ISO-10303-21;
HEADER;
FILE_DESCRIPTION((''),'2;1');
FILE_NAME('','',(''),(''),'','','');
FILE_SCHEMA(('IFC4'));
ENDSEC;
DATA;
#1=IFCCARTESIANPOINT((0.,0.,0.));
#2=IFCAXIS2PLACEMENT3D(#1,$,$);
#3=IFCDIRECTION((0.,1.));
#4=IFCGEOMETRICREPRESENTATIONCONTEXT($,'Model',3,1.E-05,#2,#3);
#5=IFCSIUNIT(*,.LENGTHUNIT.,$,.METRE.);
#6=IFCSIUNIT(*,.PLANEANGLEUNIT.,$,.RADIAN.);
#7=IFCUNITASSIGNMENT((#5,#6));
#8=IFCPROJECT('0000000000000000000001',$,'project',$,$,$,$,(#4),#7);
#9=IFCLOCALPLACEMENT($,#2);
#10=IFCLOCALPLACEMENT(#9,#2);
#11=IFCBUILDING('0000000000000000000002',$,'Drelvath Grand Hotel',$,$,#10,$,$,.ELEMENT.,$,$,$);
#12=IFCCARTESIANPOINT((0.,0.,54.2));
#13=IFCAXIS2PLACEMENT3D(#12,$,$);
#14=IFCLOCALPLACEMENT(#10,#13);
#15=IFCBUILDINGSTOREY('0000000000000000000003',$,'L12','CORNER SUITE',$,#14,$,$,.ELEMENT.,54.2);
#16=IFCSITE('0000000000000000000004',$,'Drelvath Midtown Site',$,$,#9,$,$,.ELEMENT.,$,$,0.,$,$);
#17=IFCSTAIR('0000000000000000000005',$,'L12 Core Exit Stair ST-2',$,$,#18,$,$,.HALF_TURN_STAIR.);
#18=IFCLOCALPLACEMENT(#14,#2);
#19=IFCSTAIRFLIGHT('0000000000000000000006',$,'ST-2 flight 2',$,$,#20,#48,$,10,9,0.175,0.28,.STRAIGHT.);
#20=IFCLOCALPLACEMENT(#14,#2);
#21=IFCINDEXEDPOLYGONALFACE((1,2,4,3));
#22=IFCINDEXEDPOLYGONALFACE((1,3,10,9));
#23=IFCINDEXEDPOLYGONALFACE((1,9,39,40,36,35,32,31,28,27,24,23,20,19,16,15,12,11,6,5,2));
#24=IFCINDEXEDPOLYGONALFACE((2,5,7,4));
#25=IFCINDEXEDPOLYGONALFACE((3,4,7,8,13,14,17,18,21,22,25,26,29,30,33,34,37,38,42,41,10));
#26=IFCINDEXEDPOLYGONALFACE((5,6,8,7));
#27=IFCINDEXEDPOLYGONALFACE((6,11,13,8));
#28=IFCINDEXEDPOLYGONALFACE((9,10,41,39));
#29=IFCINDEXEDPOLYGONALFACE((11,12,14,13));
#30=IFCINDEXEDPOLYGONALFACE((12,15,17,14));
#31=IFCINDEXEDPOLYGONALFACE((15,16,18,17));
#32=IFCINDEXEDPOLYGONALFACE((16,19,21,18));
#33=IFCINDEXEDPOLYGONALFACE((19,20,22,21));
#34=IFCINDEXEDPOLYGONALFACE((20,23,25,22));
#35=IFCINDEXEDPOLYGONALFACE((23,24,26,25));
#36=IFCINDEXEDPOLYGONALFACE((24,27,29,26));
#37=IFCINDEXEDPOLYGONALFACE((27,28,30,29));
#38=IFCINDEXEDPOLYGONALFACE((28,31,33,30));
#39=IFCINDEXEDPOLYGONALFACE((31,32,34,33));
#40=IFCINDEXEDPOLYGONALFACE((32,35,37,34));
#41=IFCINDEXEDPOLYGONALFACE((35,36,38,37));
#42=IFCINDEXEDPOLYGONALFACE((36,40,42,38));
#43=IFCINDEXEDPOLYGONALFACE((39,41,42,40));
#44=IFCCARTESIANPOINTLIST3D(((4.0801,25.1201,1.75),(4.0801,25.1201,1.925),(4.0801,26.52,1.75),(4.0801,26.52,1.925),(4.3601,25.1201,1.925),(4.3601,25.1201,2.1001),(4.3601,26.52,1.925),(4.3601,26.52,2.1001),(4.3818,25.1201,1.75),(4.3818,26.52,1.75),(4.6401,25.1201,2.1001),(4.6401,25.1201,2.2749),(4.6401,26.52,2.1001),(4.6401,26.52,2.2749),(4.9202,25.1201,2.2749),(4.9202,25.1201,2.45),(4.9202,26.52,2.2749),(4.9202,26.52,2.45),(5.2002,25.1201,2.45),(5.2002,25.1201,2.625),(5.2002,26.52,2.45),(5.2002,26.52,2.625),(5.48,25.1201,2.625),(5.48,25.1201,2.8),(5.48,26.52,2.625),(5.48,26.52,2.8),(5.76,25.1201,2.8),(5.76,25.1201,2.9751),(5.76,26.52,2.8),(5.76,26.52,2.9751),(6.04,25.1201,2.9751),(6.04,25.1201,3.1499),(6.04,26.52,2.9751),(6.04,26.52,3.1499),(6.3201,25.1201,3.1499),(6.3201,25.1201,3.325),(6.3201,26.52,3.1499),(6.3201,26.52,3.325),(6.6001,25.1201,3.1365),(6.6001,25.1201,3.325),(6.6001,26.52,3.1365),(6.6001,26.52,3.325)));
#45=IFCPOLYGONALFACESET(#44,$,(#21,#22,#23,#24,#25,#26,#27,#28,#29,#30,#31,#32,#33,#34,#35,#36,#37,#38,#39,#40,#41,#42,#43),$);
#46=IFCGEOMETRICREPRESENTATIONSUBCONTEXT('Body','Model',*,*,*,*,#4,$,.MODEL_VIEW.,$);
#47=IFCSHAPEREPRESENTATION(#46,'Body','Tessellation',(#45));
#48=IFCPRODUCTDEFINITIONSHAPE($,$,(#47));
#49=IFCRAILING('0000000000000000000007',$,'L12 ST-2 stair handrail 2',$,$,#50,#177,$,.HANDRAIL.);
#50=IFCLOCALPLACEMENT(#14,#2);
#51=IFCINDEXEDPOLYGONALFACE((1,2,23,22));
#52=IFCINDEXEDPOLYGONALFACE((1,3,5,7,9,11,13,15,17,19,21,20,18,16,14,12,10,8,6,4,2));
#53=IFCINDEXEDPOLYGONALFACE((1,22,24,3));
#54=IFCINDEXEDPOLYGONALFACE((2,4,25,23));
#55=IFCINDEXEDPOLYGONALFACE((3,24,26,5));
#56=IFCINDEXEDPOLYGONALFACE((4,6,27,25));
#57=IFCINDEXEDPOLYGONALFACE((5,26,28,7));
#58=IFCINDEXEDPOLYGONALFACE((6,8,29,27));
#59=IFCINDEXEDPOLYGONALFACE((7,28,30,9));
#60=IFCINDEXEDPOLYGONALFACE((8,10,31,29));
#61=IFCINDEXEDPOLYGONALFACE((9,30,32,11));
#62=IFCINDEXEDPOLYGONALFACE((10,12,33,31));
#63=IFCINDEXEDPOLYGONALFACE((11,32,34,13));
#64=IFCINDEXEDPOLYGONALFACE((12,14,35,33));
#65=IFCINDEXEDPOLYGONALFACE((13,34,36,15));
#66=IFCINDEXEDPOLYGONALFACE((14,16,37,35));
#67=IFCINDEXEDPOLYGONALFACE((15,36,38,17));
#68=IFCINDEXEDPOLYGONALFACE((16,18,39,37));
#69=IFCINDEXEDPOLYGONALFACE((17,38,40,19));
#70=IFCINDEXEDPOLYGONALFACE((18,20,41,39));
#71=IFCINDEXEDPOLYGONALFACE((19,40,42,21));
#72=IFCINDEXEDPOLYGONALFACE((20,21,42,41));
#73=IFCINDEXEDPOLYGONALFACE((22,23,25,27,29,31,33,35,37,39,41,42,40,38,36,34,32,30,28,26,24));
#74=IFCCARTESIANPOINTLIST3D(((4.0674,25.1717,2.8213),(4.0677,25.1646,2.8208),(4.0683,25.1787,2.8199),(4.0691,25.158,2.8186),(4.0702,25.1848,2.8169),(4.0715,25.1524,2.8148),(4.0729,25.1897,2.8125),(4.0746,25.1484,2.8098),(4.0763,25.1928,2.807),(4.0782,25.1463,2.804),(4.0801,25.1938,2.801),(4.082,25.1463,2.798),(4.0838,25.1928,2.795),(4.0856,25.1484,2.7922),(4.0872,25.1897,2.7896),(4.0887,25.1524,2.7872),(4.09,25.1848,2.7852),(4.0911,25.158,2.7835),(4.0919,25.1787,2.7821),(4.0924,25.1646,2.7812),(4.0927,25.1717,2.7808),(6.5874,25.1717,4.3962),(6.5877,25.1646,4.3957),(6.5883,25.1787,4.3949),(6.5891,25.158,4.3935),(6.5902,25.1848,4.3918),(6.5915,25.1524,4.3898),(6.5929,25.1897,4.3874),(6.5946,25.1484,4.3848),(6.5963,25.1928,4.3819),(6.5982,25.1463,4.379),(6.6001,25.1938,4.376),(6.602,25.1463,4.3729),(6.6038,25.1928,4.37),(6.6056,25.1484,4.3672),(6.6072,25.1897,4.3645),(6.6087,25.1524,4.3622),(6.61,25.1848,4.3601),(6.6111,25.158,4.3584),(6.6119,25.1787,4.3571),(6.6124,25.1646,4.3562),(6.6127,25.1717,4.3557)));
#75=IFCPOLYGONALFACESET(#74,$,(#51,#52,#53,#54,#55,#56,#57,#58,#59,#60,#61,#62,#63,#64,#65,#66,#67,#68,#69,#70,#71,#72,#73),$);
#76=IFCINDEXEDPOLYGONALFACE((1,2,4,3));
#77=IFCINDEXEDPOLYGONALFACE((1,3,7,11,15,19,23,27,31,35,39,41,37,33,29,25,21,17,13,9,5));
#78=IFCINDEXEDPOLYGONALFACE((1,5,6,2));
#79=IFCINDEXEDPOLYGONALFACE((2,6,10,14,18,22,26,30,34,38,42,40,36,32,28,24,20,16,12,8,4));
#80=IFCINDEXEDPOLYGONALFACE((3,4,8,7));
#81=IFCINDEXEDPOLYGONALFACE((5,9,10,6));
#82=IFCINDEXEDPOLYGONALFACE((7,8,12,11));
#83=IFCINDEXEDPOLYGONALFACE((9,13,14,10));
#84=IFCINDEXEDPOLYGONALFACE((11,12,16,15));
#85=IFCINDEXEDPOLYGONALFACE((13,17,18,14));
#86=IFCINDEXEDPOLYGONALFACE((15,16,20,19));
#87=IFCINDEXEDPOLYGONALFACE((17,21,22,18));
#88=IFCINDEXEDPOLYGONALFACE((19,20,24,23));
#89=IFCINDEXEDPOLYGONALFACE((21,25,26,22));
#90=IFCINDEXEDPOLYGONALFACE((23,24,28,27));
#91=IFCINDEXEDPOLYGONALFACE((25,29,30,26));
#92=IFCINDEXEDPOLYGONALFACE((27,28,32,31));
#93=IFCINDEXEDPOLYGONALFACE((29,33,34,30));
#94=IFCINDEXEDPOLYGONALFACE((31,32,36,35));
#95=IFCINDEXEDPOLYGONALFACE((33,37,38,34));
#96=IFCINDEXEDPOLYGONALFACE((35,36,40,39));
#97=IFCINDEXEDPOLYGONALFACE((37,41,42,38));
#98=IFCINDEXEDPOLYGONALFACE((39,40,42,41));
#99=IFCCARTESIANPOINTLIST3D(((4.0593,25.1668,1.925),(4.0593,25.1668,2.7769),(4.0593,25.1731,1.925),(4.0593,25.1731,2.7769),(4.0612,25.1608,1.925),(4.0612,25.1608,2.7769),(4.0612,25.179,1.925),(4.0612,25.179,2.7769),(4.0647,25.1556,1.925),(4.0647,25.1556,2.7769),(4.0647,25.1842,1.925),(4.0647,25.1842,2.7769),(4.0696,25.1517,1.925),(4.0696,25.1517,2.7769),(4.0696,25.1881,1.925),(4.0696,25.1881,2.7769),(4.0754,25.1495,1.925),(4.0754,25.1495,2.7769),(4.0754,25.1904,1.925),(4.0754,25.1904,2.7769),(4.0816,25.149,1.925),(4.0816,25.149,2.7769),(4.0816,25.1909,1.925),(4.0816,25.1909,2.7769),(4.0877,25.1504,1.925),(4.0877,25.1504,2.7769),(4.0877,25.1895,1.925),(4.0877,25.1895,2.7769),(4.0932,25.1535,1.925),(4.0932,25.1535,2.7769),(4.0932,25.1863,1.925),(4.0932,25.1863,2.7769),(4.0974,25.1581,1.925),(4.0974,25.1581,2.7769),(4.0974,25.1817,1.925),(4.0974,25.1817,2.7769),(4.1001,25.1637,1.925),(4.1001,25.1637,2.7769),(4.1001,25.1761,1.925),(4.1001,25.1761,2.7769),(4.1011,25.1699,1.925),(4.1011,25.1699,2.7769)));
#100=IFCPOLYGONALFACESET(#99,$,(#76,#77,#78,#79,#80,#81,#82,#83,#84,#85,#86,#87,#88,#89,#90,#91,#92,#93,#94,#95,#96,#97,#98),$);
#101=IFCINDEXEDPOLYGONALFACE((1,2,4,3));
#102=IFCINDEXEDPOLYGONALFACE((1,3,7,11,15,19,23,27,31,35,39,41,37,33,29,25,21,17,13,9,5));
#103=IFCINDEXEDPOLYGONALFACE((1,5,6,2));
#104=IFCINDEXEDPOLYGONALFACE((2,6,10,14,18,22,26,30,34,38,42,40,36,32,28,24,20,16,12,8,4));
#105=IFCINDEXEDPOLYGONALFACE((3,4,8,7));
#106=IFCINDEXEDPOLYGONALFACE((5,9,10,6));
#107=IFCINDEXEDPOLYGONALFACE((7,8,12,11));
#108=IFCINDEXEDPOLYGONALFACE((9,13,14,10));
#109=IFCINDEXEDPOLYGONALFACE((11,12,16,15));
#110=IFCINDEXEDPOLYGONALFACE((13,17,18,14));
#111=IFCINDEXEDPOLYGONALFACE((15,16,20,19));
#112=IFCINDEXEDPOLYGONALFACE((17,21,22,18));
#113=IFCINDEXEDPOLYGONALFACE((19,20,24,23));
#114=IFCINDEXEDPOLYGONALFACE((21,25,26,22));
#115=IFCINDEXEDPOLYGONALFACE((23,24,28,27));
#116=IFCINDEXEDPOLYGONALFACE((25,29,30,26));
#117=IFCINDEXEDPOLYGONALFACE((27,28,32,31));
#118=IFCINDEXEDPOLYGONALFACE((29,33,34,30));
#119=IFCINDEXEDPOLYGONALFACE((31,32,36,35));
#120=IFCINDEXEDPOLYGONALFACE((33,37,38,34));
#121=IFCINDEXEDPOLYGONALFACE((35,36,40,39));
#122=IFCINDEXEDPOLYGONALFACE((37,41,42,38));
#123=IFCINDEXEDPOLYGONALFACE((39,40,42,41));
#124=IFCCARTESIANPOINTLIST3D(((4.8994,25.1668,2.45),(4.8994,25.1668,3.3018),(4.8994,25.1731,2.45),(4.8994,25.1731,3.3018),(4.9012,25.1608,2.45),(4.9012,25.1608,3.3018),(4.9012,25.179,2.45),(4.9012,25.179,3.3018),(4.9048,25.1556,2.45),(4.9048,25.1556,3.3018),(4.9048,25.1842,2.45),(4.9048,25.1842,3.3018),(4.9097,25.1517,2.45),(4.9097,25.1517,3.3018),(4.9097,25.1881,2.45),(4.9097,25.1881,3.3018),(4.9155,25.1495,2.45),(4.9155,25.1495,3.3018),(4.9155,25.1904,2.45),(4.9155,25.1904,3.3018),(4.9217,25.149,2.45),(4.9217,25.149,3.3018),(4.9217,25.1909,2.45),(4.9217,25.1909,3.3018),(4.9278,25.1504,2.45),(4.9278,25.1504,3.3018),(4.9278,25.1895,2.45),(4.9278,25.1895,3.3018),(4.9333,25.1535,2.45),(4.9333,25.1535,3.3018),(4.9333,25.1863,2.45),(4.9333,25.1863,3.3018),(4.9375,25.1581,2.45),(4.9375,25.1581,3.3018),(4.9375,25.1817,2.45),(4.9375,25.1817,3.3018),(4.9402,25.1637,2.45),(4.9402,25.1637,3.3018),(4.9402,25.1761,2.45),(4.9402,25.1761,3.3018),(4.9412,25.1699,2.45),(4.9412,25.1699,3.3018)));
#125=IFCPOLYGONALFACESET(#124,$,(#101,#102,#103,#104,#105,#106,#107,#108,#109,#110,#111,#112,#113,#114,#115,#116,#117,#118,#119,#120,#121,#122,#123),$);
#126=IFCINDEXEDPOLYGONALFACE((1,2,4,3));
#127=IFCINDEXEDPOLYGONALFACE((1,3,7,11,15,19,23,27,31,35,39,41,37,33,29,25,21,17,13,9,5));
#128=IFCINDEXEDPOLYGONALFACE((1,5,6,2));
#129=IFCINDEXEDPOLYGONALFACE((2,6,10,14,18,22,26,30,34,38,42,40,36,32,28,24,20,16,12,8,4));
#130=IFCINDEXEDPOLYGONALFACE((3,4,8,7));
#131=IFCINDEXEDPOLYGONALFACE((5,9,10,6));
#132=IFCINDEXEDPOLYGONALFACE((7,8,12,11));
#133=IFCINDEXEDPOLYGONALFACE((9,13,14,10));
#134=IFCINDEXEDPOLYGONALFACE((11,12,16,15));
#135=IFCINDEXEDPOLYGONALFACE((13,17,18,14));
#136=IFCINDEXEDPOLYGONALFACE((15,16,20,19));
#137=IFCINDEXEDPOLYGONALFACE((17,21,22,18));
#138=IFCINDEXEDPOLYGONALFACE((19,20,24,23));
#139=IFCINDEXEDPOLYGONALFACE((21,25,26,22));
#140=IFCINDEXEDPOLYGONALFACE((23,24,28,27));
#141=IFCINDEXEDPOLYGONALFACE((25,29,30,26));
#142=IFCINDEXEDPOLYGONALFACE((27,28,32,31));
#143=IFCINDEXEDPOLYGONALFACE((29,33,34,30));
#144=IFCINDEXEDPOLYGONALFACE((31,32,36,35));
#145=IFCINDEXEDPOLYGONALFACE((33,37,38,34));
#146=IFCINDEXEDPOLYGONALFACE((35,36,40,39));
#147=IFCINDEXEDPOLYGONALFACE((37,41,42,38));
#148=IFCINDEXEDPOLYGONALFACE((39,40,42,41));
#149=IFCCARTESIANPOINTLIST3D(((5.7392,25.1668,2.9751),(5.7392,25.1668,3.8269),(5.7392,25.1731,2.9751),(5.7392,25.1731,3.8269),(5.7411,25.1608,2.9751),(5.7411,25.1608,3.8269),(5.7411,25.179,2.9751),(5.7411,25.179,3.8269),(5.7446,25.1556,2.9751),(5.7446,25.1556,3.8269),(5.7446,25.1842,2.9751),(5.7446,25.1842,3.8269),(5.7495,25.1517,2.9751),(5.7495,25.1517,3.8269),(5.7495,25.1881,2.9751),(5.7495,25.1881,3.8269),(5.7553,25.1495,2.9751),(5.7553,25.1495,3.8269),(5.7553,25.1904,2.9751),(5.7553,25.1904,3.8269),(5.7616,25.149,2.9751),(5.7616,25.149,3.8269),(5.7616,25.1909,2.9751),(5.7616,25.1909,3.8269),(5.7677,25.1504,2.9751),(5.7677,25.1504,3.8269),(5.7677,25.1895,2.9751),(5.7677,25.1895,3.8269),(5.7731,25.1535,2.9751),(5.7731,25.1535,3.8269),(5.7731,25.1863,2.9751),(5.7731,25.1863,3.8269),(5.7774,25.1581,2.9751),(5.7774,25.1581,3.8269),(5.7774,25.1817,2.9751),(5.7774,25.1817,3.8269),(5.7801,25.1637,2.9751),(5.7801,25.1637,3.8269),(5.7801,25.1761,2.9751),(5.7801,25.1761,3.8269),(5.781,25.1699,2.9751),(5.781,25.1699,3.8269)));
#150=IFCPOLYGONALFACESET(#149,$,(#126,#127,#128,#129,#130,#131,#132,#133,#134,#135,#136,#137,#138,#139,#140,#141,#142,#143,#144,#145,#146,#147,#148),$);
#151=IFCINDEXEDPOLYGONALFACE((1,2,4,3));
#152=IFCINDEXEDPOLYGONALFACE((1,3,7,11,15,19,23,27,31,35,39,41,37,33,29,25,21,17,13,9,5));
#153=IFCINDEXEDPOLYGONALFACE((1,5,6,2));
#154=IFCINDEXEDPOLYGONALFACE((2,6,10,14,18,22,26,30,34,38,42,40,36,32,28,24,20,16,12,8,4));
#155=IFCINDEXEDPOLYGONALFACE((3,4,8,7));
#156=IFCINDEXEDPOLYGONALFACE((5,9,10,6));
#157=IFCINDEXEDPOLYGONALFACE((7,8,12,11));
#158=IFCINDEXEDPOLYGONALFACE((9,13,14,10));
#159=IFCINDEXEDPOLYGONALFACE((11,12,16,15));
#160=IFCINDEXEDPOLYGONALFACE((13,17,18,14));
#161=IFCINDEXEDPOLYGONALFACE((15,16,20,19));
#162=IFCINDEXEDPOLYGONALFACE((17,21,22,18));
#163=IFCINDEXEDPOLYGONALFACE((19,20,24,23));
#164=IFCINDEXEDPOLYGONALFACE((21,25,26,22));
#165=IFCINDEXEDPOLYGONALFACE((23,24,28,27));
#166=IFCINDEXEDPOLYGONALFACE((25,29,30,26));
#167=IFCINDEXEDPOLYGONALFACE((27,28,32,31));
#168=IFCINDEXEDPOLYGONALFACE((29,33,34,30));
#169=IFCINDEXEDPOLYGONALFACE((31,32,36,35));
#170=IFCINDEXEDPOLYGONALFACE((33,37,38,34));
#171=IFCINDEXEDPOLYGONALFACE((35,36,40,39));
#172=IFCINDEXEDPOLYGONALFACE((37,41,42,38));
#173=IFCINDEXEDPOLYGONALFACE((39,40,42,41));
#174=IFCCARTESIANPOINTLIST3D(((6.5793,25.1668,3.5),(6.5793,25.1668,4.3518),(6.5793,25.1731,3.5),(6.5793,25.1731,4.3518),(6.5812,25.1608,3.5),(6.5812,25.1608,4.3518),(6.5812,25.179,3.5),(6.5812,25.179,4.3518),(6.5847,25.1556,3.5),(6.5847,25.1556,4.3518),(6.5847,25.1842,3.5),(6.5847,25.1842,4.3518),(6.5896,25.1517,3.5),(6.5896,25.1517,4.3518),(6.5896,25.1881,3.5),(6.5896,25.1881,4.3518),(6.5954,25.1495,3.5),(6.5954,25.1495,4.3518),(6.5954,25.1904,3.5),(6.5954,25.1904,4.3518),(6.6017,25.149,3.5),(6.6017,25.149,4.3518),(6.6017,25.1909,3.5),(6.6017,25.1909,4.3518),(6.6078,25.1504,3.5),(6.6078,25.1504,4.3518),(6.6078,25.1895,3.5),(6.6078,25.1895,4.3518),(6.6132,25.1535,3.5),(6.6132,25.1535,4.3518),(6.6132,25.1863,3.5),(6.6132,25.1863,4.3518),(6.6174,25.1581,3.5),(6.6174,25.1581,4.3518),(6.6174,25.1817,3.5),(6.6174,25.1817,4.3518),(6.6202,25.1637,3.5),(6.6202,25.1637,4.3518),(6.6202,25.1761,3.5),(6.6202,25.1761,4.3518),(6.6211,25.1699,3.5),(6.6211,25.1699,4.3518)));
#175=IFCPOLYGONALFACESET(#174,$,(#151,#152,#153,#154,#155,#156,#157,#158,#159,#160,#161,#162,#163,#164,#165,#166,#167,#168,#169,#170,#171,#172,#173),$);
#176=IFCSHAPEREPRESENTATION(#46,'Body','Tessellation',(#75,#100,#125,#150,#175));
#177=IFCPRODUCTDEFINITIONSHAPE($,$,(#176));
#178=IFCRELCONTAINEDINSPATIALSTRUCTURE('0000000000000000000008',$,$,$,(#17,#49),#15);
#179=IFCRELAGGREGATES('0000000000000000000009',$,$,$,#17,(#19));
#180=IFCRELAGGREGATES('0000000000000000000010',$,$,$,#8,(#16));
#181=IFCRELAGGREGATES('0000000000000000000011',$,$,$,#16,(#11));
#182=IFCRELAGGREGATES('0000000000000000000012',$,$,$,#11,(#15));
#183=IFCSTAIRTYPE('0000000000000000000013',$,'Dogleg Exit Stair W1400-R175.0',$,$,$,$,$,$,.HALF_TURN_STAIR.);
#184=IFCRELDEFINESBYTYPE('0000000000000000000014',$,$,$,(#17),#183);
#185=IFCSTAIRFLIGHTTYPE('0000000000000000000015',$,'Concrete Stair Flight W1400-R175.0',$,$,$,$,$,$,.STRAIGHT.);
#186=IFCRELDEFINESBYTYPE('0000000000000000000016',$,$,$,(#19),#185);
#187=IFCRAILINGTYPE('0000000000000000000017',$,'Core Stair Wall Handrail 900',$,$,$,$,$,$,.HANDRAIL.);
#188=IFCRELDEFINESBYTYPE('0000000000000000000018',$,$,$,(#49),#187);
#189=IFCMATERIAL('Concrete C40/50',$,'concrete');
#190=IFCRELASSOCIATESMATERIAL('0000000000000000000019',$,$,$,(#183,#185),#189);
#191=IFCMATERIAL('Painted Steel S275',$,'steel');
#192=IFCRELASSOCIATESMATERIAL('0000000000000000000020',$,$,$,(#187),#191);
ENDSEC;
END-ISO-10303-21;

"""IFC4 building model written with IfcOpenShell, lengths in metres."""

from ifc_helpers import new_model, si_unit, direction, frame, origin, origin_2d, place, context, subcontext, project, spatial, polyline, circle, outline, extrude, material, type_object, element, aggregate, save


model = new_model("IFC4")

# Units and contexts
model_context = context("Model", 3, precision=1e-05, world=origin(), true_north=direction((0.0, 1.0)))
body_context = subcontext(model_context, "Body", "Model", "MODEL_VIEW")
ifc_project = project(units=[si_unit("LENGTHUNIT", "METRE"), si_unit("PLANEANGLEUNIT", "RADIAN")], contexts=[model_context])

# Site, building, storey
site_placement = place(None, origin())
site = spatial("IfcSite", under=ifc_project, at=site_placement, Name="Drelvath Midtown Site", CompositionType="ELEMENT", RefElevation=0.0)
building_placement = place(site_placement, origin())
building = spatial("IfcBuilding", under=site, at=building_placement, Name="Drelvath Grand Hotel", CompositionType="ELEMENT")
storey_placement = place(building_placement, frame((0.0, 0.0, 54.2)))
storey = spatial("IfcBuildingStorey", under=building, at=storey_placement, Name="L12", Description="CORNER SUITE", CompositionType="ELEMENT", Elevation=54.2)

# Shared definitions
ifc_material_1 = material(Name="Painted Steel S275", Category="steel")

# Shared definitions
ifc_material_2 = material(Name="Concrete C40/50", Category="concrete")

# Stair, stair flight
stair_type = type_object("IfcStairType", Name="Dogleg Exit Stair W1400-R175.0", PredefinedType="HALF_TURN_STAIR", material=ifc_material_2)
stair_placement = place(storey_placement, origin())
stair = element("IfcStair", 1, at=stair_placement, inside=storey, type_object=stair_type, Name="L12 Core Exit Stair ST-2", PredefinedType="HALF_TURN_STAIR")
stair_flight_type = type_object("IfcStairFlightType", Name="Concrete Stair Flight W1400-R175.0", PredefinedType="STRAIGHT", material=ifc_material_2)
stair_flight_placement = place(storey_placement, frame((4.0801, 25.8201, 1.75), z_axis=(0.0, 0.0, 1.0), x_axis=(1.0, 0.0, 0.0)))
stair_flight = element("IfcStairFlight", 2, at=stair_flight_placement, type_object=stair_flight_type, Name="ST-2 flight 2", NumberOfRisers=10, NumberOfTreads=9, PredefinedType="STRAIGHT", RiserHeight=0.175, TreadLength=0.28, context=body_context, shape_type="SweptSolid", body=[
    extrude(outline(polyline([(0.0, 0.0), (0.0, 0.175), (0.28, 0.175), (0.28, 0.3501), (0.5601, 0.3501), (0.5601, 0.5249), (0.8401, 0.5249), (0.8401, 0.7), (1.1201, 0.7), (1.1201, 0.875), (1.3999, 0.875), (1.3999, 1.05), (1.6799, 1.05), (1.6799, 1.2251), (1.96, 1.2251), (1.96, 1.3999), (2.24, 1.3999), (2.24, 1.575), (2.52, 1.575), (2.52, 1.75), (2.52, 1.3865), (0.3018, 0.0), (0.0, 0.0)])), frame((0.0, 0.7, 0.0), z_axis=(0.0, -1.0, 0.0), x_axis=(1.0, 0.0, 0.0)), (0.0, 0.0, 1.0), 1.3999),
])
aggregate(stair, [stair_flight])

# Railing
railing_type = type_object("IfcRailingType", Name="Core Stair Wall Handrail 900", PredefinedType="HANDRAIL", material=ifc_material_1)
railing_placement = place(storey_placement, frame((4.0801, 25.1699, 1.925)))
element("IfcRailing", 3, at=railing_placement, inside=storey, type_object=railing_type, Name="L12 ST-2 stair handrail 2", PredefinedType="HANDRAIL", context=body_context, shape_type="SweptSolid", body=[
    extrude(circle(Radius=0.0239, at=origin_2d()), frame((0.0, 0.0, 0.876), z_axis=(0.848008, 0.0, 0.529984), x_axis=(0.0, 1.0, 0.0)), (0.0, 0.0, 1.0), 2.9717),
    extrude(circle(Radius=0.021, at=origin_2d()), origin(), (0.0, 0.0, 1.0), 0.8518),
    extrude(circle(Radius=0.021, at=origin_2d()), frame((0.8401, 0.0, 0.5249)), (0.0, 0.0, 1.0), 0.8518),
    extrude(circle(Radius=0.021, at=origin_2d()), frame((1.6799, 0.0, 1.05)), (0.0, 0.0, 1.0), 0.8518),
    extrude(circle(Radius=0.021, at=origin_2d()), frame((2.52, 0.0, 1.575)), (0.0, 0.0, 1.0), 0.8518),
])

save(model, "model.ifc")
